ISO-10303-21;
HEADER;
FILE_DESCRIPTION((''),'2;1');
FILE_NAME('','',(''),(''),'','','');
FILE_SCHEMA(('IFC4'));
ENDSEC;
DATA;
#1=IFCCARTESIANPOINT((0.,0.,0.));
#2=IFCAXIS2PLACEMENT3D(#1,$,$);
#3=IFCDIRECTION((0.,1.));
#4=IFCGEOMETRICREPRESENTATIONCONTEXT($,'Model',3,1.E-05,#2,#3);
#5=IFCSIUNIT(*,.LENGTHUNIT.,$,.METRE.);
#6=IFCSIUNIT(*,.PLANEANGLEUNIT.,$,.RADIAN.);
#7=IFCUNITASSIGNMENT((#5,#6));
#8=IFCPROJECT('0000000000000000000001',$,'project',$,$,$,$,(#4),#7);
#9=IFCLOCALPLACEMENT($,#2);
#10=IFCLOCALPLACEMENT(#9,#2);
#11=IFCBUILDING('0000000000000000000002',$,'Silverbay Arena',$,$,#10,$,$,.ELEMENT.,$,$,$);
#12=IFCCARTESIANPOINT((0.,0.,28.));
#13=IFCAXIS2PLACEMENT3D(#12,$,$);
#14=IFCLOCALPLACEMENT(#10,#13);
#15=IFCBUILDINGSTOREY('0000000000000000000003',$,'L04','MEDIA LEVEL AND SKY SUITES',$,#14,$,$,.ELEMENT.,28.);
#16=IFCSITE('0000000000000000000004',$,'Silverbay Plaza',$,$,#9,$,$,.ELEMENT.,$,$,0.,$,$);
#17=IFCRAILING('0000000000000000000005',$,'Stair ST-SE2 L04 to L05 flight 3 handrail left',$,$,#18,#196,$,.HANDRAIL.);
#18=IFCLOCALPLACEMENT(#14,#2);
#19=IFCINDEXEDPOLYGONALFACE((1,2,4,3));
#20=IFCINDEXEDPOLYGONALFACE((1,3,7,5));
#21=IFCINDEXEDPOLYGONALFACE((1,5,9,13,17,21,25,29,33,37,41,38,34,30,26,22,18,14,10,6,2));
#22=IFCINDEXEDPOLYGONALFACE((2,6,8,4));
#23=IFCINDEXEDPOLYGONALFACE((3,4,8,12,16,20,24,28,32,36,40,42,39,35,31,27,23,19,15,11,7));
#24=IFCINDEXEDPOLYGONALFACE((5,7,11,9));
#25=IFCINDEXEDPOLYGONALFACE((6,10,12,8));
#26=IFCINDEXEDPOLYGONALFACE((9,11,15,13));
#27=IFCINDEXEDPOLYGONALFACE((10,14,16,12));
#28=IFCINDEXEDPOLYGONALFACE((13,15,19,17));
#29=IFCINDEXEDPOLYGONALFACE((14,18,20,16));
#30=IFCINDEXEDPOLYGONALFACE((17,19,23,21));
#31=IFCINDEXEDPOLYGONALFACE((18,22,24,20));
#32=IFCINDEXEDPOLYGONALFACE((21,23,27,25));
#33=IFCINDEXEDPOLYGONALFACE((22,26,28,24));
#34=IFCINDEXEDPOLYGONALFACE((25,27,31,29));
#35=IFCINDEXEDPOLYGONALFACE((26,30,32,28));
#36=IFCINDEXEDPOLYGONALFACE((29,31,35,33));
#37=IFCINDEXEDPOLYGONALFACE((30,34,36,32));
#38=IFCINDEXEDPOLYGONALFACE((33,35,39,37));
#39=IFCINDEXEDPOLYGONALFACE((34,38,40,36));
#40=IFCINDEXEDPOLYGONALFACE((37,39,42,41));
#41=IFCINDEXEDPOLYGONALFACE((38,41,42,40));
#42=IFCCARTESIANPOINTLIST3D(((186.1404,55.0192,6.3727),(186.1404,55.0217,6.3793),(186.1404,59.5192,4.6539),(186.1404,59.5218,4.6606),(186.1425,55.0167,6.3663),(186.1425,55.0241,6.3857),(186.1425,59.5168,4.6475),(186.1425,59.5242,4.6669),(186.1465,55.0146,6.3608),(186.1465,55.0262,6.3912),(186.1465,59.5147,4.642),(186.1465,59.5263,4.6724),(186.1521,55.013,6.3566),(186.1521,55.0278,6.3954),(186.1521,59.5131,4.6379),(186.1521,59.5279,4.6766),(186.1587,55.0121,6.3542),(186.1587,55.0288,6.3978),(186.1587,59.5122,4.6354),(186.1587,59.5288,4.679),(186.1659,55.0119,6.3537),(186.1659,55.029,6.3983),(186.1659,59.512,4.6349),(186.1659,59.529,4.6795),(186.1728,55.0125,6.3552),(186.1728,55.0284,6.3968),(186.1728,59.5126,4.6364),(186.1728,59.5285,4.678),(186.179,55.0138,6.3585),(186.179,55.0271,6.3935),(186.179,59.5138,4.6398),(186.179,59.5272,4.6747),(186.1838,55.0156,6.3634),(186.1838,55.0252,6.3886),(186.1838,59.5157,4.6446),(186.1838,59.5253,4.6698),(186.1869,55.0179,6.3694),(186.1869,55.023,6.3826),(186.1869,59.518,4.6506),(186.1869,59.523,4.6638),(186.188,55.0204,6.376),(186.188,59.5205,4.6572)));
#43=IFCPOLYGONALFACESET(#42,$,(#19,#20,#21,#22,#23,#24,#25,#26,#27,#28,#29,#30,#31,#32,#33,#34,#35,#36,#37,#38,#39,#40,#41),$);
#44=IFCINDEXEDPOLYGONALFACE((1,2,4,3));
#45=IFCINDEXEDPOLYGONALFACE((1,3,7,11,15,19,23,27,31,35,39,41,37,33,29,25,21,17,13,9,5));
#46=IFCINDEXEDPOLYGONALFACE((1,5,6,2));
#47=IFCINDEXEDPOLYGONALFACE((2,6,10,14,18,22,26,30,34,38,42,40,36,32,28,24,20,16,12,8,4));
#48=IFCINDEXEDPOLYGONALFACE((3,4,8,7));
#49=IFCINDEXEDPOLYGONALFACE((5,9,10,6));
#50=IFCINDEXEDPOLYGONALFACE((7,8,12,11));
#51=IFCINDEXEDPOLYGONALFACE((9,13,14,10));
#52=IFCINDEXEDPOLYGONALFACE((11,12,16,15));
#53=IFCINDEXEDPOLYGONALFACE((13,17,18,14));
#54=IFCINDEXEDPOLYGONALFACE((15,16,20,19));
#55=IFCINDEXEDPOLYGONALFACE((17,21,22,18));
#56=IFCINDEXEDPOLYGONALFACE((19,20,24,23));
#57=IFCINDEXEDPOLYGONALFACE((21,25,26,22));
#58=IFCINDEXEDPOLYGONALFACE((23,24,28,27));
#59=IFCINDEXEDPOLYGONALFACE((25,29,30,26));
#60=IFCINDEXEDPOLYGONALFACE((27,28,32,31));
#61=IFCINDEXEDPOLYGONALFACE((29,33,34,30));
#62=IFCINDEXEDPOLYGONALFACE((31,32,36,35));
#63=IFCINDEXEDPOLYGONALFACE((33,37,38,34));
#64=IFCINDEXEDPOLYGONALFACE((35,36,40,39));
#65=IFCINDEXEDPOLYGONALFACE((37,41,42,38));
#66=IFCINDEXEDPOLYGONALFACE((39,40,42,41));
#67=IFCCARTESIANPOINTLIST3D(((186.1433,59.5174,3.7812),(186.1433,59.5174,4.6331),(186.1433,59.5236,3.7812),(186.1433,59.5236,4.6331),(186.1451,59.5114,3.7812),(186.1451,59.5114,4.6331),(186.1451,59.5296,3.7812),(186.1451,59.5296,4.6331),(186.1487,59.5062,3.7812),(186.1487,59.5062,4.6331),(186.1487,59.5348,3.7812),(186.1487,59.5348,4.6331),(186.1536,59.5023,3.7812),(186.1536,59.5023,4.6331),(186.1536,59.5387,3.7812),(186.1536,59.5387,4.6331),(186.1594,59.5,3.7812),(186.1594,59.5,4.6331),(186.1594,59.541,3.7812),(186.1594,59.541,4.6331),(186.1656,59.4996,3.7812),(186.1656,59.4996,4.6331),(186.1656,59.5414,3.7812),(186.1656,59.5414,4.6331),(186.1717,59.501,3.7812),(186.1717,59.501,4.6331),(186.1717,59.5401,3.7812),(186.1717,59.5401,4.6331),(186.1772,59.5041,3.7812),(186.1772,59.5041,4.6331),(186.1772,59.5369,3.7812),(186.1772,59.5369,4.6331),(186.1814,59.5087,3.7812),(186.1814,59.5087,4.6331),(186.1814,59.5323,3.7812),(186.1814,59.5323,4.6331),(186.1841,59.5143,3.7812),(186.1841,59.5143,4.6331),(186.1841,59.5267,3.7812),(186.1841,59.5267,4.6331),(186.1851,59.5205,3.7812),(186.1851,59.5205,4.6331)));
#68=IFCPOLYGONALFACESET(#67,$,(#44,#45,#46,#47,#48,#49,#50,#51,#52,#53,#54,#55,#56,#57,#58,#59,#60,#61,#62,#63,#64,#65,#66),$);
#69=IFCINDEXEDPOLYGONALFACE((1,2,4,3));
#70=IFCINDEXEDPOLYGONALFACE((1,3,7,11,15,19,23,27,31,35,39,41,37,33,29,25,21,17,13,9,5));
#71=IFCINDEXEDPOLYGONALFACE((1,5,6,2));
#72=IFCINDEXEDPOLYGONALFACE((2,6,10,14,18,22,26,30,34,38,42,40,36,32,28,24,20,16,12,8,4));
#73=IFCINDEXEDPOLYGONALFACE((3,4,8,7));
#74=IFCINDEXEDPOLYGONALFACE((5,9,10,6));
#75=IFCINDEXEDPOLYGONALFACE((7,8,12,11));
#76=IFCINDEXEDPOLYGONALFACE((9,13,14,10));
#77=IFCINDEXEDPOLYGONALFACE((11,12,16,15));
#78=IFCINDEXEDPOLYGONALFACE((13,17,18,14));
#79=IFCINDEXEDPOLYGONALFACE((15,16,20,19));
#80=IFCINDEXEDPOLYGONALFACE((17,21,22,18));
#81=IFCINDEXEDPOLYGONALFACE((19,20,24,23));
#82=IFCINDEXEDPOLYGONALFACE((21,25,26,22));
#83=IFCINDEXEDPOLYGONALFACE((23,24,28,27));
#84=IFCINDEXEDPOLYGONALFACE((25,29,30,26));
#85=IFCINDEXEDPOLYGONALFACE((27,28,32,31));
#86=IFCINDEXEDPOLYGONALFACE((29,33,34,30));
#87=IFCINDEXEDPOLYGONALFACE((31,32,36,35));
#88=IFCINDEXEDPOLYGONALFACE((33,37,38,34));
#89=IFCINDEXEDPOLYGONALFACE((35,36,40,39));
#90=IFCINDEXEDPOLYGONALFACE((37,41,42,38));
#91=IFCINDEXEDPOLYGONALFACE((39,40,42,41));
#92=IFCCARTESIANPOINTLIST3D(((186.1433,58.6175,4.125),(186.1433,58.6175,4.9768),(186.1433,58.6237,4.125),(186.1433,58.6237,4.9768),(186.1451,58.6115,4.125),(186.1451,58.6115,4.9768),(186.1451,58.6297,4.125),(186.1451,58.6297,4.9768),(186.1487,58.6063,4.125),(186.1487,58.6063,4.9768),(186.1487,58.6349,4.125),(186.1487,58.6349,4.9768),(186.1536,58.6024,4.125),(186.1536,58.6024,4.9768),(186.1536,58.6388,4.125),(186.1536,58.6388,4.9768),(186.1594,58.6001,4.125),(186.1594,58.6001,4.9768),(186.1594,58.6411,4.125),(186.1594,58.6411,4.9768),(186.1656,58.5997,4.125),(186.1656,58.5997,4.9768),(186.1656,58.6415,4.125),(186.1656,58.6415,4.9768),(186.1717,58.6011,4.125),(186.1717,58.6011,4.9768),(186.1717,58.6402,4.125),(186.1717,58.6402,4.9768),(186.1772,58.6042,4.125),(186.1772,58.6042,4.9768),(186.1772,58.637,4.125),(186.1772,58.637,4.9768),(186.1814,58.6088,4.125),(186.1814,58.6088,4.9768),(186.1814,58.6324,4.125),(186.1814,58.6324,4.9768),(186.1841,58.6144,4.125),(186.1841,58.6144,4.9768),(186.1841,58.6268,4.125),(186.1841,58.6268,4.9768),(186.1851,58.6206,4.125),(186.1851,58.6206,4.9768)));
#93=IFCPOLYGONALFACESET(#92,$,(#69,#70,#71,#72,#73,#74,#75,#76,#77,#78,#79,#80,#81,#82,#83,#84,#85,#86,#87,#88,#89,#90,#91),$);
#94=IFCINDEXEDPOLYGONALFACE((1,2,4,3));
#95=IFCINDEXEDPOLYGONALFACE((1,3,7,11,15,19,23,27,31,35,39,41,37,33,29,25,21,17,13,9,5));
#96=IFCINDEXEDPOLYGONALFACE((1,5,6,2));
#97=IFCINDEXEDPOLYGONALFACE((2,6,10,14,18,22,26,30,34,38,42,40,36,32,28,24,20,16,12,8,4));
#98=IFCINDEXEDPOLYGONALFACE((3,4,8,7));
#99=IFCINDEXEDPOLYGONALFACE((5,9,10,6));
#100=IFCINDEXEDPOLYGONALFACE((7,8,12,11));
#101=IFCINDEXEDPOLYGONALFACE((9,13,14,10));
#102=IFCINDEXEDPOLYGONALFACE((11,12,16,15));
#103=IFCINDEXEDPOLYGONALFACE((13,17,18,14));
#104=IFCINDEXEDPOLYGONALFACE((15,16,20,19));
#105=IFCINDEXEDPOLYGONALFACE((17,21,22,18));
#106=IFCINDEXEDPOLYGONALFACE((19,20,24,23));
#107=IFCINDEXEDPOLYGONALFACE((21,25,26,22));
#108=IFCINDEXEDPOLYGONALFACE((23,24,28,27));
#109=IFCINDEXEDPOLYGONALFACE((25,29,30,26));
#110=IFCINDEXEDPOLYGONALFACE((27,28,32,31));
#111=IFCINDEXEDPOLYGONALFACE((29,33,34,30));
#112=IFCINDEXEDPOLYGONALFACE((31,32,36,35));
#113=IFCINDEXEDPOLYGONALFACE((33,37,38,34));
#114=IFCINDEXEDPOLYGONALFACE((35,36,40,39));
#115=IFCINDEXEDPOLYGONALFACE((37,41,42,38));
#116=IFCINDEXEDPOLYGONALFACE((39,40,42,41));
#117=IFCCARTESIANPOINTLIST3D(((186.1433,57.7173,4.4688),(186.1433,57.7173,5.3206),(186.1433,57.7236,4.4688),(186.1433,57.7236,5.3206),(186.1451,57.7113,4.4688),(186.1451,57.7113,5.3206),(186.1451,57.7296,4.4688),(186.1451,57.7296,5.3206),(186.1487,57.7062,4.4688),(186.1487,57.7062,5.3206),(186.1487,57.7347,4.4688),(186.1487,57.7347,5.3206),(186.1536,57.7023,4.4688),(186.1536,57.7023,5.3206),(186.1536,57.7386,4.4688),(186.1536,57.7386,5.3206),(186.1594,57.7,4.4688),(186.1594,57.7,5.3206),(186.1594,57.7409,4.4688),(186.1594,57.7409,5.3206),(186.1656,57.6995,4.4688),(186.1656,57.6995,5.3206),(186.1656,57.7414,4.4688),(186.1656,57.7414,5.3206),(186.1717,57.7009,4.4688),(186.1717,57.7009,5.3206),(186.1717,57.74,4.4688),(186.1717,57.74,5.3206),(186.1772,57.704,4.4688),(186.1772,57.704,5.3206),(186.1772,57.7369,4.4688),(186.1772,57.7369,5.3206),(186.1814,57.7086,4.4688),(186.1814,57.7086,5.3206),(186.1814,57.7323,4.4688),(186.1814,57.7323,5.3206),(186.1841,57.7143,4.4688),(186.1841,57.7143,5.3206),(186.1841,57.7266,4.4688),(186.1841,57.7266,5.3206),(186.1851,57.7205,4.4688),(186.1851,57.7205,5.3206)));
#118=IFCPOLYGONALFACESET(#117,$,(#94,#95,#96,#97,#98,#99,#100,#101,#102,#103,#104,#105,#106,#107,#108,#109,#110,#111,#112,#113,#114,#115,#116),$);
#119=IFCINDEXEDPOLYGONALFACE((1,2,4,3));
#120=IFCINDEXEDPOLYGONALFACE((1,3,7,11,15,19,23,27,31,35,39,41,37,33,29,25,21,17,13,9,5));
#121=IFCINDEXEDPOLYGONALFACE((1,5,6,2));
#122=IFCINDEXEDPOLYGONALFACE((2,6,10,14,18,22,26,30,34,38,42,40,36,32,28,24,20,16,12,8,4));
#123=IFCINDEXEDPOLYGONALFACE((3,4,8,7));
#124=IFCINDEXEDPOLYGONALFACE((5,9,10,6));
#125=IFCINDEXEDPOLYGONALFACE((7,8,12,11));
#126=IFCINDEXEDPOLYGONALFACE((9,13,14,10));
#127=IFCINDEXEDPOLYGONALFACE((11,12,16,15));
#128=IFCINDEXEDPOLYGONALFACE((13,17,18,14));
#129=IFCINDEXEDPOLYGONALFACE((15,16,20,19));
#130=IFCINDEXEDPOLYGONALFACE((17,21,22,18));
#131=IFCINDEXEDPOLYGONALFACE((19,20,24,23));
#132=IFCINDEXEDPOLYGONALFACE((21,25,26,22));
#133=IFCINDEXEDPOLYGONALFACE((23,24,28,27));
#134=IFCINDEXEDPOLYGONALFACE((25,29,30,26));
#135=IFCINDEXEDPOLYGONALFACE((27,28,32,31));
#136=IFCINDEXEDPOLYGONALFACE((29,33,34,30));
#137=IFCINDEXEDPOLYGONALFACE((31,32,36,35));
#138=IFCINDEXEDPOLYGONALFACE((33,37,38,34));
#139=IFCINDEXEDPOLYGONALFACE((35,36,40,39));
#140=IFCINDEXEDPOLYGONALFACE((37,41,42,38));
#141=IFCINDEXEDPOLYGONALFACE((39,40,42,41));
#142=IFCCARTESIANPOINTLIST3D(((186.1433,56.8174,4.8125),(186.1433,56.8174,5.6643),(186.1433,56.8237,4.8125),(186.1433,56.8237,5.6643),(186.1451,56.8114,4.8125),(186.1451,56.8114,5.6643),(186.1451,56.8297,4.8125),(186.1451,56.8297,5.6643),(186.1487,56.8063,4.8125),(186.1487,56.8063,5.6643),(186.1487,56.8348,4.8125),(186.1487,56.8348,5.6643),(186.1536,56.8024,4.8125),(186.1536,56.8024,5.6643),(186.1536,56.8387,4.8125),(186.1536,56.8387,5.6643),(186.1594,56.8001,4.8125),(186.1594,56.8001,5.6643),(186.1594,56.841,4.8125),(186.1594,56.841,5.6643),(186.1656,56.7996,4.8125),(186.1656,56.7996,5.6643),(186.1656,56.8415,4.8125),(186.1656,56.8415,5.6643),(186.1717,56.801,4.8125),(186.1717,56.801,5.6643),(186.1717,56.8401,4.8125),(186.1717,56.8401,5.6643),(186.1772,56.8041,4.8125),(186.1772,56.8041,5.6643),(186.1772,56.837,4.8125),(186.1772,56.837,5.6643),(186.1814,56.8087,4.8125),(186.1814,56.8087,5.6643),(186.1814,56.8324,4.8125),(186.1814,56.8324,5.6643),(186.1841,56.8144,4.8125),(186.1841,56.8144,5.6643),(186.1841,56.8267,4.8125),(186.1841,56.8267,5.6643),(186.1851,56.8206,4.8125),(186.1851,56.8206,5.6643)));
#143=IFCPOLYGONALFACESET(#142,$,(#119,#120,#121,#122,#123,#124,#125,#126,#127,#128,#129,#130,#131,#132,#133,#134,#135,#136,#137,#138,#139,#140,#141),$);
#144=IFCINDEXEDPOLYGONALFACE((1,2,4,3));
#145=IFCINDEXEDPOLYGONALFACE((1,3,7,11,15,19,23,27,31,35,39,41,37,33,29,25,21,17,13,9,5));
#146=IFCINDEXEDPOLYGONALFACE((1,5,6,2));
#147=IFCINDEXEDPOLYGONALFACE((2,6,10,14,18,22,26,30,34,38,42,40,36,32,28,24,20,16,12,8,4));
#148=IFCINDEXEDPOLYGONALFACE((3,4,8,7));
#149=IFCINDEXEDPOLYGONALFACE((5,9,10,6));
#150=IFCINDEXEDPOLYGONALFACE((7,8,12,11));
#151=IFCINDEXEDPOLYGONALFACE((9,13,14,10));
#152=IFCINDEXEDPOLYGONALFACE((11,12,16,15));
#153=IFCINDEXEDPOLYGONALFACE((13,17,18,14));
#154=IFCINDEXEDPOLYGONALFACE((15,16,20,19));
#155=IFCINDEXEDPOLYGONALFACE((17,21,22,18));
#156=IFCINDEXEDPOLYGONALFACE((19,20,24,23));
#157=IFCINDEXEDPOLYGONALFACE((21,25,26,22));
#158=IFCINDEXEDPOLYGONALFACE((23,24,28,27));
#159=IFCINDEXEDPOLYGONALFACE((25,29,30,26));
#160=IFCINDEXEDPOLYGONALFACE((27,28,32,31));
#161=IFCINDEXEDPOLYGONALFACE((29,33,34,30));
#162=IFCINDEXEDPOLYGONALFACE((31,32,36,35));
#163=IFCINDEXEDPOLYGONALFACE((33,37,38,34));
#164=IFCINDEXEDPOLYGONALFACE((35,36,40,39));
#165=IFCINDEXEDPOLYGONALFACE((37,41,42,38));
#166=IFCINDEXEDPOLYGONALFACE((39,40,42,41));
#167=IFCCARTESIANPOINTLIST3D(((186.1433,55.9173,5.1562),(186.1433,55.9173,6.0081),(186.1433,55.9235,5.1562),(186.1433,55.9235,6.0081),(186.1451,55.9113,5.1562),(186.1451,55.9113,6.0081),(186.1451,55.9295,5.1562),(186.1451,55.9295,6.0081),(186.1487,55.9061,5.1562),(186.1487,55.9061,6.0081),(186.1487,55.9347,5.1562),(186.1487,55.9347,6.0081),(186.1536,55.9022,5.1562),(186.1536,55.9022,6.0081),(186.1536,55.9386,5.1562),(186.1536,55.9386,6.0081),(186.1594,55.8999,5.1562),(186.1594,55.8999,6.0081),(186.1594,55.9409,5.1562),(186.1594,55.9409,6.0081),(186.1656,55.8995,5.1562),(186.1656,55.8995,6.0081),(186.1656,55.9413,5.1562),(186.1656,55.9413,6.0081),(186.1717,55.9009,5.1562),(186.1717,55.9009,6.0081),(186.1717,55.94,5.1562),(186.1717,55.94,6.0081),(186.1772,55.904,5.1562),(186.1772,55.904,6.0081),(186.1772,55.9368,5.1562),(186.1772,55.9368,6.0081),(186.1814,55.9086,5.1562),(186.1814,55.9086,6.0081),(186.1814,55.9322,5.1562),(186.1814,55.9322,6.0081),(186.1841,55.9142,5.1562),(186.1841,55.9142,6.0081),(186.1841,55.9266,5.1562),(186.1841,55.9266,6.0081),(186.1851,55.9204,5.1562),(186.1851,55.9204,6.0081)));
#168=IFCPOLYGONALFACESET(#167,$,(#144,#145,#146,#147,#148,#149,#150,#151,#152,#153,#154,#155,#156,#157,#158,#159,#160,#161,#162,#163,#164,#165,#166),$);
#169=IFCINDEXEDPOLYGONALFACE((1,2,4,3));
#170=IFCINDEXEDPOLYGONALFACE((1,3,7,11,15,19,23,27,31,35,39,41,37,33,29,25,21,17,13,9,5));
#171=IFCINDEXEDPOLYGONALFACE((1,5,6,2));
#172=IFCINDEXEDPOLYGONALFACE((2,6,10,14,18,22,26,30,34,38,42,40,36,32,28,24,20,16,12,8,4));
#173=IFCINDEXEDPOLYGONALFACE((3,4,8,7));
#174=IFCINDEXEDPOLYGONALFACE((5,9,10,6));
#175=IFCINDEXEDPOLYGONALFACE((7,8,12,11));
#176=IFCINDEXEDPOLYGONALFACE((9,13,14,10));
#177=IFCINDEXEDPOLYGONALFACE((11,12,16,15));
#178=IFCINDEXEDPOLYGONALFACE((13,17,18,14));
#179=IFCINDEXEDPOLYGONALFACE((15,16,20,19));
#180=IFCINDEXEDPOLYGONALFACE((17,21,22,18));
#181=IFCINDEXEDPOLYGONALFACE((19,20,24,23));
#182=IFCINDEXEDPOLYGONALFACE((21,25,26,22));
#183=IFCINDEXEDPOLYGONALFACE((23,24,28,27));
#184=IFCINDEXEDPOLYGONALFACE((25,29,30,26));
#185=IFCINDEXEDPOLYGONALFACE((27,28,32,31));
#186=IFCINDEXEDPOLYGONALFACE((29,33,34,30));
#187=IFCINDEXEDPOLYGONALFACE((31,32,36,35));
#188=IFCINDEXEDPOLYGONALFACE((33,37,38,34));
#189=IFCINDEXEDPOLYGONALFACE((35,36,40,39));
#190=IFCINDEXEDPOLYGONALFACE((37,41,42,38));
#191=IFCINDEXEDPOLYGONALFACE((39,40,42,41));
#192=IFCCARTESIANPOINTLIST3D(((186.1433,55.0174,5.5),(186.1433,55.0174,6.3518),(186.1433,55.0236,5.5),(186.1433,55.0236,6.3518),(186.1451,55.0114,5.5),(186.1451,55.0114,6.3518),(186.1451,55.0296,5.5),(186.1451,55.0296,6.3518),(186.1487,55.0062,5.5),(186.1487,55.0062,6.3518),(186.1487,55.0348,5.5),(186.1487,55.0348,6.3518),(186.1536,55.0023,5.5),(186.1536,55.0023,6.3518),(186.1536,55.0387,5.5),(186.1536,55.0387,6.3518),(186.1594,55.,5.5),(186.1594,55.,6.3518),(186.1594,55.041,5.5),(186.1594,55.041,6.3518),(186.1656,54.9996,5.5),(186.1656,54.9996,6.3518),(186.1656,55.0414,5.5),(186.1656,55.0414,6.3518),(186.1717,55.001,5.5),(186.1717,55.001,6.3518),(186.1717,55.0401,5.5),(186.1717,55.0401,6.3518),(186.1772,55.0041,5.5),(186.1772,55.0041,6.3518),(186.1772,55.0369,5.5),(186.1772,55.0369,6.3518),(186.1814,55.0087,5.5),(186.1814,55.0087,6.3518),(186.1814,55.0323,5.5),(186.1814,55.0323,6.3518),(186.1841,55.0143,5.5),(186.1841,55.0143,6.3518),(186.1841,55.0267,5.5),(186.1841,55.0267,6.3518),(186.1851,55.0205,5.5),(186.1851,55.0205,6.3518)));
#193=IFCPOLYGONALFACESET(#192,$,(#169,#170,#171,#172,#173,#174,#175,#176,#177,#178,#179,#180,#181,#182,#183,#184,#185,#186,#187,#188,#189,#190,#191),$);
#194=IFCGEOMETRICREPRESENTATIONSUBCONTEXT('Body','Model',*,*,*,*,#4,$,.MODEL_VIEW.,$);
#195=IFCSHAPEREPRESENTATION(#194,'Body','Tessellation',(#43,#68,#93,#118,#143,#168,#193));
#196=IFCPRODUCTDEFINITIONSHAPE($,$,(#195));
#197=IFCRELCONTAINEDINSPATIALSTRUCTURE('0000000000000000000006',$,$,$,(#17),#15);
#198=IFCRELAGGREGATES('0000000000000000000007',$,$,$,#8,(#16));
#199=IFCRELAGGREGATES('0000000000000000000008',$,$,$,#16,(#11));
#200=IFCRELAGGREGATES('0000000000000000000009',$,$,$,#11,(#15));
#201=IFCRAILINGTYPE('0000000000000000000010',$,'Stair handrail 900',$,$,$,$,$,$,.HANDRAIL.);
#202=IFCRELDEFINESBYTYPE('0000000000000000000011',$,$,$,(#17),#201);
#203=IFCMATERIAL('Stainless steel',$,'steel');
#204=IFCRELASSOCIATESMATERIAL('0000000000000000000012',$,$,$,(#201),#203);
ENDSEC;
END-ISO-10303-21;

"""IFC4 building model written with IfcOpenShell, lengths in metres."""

from ifc_helpers import new_model, si_unit, direction, frame, origin, origin_2d, place, context, subcontext, project, spatial, circle, extrude, material, type_object, element, save


model = new_model("IFC4")

# Units and contexts
model_context = context("Model", 3, precision=1e-05, world=origin(), true_north=direction((0.0, 1.0)))
body_context = subcontext(model_context, "Body", "Model", "MODEL_VIEW")
ifc_project = project(units=[si_unit("LENGTHUNIT", "METRE"), si_unit("PLANEANGLEUNIT", "RADIAN")], contexts=[model_context])

# Site, building, storey
site_placement = place(None, origin())
site = spatial("IfcSite", under=ifc_project, at=site_placement, Name="Silverbay Plaza", CompositionType="ELEMENT", RefElevation=0.0)
building_placement = place(site_placement, origin())
building = spatial("IfcBuilding", under=site, at=building_placement, Name="Silverbay Arena", CompositionType="ELEMENT")
storey_placement = place(building_placement, frame((0.0, 0.0, 28.0)))
storey = spatial("IfcBuildingStorey", under=building, at=storey_placement, Name="L04", Description="MEDIA LEVEL AND SKY SUITES", CompositionType="ELEMENT", Elevation=28.0)

# Railing
ifc_material_1 = material(Name="Stainless steel", Category="steel")
railing_type_1 = type_object("IfcRailingType", Name="Stair handrail 900", PredefinedType="HANDRAIL", material=ifc_material_1)
for number, where, name in (
    (1, (186.1641, 59.5205, 3.7812), "Stair ST-SE2 L04 to L05 flight 3 handrail left"),
):
    element("IfcRailing", number, at=place(storey_placement, frame(where)), inside=storey, type_object=railing_type_1, Name=name, PredefinedType="HANDRAIL", context=body_context, shape_type="SweptSolid", body=[
        extrude(circle(Radius=0.0239, at=origin_2d()), frame((0.0, 0.0, 0.876), z_axis=(0.0, -0.934179, 0.356805), x_axis=(1.0, 0.0, 0.0)), (0.0, 0.0, 1.0), 4.8171),
        extrude(circle(Radius=0.021, at=origin_2d()), origin(), (0.0, 0.0, 1.0), 0.8518),
        extrude(circle(Radius=0.021, at=origin_2d()), frame((0.0, -0.8999, 0.3438)), (0.0, 0.0, 1.0), 0.8518),
        extrude(circle(Radius=0.021, at=origin_2d()), frame((0.0, -1.8, 0.6875)), (0.0, 0.0, 1.0), 0.8518),
        extrude(circle(Radius=0.021, at=origin_2d()), frame((0.0, -2.7, 1.0312)), (0.0, 0.0, 1.0), 0.8518),
        extrude(circle(Radius=0.021, at=origin_2d()), frame((0.0, -3.6001, 1.375)), (0.0, 0.0, 1.0), 0.8518),
        extrude(circle(Radius=0.021, at=origin_2d()), frame((0.0, -4.5, 1.7188)), (0.0, 0.0, 1.0), 0.8518),
    ])

save(model, "model.ifc")
